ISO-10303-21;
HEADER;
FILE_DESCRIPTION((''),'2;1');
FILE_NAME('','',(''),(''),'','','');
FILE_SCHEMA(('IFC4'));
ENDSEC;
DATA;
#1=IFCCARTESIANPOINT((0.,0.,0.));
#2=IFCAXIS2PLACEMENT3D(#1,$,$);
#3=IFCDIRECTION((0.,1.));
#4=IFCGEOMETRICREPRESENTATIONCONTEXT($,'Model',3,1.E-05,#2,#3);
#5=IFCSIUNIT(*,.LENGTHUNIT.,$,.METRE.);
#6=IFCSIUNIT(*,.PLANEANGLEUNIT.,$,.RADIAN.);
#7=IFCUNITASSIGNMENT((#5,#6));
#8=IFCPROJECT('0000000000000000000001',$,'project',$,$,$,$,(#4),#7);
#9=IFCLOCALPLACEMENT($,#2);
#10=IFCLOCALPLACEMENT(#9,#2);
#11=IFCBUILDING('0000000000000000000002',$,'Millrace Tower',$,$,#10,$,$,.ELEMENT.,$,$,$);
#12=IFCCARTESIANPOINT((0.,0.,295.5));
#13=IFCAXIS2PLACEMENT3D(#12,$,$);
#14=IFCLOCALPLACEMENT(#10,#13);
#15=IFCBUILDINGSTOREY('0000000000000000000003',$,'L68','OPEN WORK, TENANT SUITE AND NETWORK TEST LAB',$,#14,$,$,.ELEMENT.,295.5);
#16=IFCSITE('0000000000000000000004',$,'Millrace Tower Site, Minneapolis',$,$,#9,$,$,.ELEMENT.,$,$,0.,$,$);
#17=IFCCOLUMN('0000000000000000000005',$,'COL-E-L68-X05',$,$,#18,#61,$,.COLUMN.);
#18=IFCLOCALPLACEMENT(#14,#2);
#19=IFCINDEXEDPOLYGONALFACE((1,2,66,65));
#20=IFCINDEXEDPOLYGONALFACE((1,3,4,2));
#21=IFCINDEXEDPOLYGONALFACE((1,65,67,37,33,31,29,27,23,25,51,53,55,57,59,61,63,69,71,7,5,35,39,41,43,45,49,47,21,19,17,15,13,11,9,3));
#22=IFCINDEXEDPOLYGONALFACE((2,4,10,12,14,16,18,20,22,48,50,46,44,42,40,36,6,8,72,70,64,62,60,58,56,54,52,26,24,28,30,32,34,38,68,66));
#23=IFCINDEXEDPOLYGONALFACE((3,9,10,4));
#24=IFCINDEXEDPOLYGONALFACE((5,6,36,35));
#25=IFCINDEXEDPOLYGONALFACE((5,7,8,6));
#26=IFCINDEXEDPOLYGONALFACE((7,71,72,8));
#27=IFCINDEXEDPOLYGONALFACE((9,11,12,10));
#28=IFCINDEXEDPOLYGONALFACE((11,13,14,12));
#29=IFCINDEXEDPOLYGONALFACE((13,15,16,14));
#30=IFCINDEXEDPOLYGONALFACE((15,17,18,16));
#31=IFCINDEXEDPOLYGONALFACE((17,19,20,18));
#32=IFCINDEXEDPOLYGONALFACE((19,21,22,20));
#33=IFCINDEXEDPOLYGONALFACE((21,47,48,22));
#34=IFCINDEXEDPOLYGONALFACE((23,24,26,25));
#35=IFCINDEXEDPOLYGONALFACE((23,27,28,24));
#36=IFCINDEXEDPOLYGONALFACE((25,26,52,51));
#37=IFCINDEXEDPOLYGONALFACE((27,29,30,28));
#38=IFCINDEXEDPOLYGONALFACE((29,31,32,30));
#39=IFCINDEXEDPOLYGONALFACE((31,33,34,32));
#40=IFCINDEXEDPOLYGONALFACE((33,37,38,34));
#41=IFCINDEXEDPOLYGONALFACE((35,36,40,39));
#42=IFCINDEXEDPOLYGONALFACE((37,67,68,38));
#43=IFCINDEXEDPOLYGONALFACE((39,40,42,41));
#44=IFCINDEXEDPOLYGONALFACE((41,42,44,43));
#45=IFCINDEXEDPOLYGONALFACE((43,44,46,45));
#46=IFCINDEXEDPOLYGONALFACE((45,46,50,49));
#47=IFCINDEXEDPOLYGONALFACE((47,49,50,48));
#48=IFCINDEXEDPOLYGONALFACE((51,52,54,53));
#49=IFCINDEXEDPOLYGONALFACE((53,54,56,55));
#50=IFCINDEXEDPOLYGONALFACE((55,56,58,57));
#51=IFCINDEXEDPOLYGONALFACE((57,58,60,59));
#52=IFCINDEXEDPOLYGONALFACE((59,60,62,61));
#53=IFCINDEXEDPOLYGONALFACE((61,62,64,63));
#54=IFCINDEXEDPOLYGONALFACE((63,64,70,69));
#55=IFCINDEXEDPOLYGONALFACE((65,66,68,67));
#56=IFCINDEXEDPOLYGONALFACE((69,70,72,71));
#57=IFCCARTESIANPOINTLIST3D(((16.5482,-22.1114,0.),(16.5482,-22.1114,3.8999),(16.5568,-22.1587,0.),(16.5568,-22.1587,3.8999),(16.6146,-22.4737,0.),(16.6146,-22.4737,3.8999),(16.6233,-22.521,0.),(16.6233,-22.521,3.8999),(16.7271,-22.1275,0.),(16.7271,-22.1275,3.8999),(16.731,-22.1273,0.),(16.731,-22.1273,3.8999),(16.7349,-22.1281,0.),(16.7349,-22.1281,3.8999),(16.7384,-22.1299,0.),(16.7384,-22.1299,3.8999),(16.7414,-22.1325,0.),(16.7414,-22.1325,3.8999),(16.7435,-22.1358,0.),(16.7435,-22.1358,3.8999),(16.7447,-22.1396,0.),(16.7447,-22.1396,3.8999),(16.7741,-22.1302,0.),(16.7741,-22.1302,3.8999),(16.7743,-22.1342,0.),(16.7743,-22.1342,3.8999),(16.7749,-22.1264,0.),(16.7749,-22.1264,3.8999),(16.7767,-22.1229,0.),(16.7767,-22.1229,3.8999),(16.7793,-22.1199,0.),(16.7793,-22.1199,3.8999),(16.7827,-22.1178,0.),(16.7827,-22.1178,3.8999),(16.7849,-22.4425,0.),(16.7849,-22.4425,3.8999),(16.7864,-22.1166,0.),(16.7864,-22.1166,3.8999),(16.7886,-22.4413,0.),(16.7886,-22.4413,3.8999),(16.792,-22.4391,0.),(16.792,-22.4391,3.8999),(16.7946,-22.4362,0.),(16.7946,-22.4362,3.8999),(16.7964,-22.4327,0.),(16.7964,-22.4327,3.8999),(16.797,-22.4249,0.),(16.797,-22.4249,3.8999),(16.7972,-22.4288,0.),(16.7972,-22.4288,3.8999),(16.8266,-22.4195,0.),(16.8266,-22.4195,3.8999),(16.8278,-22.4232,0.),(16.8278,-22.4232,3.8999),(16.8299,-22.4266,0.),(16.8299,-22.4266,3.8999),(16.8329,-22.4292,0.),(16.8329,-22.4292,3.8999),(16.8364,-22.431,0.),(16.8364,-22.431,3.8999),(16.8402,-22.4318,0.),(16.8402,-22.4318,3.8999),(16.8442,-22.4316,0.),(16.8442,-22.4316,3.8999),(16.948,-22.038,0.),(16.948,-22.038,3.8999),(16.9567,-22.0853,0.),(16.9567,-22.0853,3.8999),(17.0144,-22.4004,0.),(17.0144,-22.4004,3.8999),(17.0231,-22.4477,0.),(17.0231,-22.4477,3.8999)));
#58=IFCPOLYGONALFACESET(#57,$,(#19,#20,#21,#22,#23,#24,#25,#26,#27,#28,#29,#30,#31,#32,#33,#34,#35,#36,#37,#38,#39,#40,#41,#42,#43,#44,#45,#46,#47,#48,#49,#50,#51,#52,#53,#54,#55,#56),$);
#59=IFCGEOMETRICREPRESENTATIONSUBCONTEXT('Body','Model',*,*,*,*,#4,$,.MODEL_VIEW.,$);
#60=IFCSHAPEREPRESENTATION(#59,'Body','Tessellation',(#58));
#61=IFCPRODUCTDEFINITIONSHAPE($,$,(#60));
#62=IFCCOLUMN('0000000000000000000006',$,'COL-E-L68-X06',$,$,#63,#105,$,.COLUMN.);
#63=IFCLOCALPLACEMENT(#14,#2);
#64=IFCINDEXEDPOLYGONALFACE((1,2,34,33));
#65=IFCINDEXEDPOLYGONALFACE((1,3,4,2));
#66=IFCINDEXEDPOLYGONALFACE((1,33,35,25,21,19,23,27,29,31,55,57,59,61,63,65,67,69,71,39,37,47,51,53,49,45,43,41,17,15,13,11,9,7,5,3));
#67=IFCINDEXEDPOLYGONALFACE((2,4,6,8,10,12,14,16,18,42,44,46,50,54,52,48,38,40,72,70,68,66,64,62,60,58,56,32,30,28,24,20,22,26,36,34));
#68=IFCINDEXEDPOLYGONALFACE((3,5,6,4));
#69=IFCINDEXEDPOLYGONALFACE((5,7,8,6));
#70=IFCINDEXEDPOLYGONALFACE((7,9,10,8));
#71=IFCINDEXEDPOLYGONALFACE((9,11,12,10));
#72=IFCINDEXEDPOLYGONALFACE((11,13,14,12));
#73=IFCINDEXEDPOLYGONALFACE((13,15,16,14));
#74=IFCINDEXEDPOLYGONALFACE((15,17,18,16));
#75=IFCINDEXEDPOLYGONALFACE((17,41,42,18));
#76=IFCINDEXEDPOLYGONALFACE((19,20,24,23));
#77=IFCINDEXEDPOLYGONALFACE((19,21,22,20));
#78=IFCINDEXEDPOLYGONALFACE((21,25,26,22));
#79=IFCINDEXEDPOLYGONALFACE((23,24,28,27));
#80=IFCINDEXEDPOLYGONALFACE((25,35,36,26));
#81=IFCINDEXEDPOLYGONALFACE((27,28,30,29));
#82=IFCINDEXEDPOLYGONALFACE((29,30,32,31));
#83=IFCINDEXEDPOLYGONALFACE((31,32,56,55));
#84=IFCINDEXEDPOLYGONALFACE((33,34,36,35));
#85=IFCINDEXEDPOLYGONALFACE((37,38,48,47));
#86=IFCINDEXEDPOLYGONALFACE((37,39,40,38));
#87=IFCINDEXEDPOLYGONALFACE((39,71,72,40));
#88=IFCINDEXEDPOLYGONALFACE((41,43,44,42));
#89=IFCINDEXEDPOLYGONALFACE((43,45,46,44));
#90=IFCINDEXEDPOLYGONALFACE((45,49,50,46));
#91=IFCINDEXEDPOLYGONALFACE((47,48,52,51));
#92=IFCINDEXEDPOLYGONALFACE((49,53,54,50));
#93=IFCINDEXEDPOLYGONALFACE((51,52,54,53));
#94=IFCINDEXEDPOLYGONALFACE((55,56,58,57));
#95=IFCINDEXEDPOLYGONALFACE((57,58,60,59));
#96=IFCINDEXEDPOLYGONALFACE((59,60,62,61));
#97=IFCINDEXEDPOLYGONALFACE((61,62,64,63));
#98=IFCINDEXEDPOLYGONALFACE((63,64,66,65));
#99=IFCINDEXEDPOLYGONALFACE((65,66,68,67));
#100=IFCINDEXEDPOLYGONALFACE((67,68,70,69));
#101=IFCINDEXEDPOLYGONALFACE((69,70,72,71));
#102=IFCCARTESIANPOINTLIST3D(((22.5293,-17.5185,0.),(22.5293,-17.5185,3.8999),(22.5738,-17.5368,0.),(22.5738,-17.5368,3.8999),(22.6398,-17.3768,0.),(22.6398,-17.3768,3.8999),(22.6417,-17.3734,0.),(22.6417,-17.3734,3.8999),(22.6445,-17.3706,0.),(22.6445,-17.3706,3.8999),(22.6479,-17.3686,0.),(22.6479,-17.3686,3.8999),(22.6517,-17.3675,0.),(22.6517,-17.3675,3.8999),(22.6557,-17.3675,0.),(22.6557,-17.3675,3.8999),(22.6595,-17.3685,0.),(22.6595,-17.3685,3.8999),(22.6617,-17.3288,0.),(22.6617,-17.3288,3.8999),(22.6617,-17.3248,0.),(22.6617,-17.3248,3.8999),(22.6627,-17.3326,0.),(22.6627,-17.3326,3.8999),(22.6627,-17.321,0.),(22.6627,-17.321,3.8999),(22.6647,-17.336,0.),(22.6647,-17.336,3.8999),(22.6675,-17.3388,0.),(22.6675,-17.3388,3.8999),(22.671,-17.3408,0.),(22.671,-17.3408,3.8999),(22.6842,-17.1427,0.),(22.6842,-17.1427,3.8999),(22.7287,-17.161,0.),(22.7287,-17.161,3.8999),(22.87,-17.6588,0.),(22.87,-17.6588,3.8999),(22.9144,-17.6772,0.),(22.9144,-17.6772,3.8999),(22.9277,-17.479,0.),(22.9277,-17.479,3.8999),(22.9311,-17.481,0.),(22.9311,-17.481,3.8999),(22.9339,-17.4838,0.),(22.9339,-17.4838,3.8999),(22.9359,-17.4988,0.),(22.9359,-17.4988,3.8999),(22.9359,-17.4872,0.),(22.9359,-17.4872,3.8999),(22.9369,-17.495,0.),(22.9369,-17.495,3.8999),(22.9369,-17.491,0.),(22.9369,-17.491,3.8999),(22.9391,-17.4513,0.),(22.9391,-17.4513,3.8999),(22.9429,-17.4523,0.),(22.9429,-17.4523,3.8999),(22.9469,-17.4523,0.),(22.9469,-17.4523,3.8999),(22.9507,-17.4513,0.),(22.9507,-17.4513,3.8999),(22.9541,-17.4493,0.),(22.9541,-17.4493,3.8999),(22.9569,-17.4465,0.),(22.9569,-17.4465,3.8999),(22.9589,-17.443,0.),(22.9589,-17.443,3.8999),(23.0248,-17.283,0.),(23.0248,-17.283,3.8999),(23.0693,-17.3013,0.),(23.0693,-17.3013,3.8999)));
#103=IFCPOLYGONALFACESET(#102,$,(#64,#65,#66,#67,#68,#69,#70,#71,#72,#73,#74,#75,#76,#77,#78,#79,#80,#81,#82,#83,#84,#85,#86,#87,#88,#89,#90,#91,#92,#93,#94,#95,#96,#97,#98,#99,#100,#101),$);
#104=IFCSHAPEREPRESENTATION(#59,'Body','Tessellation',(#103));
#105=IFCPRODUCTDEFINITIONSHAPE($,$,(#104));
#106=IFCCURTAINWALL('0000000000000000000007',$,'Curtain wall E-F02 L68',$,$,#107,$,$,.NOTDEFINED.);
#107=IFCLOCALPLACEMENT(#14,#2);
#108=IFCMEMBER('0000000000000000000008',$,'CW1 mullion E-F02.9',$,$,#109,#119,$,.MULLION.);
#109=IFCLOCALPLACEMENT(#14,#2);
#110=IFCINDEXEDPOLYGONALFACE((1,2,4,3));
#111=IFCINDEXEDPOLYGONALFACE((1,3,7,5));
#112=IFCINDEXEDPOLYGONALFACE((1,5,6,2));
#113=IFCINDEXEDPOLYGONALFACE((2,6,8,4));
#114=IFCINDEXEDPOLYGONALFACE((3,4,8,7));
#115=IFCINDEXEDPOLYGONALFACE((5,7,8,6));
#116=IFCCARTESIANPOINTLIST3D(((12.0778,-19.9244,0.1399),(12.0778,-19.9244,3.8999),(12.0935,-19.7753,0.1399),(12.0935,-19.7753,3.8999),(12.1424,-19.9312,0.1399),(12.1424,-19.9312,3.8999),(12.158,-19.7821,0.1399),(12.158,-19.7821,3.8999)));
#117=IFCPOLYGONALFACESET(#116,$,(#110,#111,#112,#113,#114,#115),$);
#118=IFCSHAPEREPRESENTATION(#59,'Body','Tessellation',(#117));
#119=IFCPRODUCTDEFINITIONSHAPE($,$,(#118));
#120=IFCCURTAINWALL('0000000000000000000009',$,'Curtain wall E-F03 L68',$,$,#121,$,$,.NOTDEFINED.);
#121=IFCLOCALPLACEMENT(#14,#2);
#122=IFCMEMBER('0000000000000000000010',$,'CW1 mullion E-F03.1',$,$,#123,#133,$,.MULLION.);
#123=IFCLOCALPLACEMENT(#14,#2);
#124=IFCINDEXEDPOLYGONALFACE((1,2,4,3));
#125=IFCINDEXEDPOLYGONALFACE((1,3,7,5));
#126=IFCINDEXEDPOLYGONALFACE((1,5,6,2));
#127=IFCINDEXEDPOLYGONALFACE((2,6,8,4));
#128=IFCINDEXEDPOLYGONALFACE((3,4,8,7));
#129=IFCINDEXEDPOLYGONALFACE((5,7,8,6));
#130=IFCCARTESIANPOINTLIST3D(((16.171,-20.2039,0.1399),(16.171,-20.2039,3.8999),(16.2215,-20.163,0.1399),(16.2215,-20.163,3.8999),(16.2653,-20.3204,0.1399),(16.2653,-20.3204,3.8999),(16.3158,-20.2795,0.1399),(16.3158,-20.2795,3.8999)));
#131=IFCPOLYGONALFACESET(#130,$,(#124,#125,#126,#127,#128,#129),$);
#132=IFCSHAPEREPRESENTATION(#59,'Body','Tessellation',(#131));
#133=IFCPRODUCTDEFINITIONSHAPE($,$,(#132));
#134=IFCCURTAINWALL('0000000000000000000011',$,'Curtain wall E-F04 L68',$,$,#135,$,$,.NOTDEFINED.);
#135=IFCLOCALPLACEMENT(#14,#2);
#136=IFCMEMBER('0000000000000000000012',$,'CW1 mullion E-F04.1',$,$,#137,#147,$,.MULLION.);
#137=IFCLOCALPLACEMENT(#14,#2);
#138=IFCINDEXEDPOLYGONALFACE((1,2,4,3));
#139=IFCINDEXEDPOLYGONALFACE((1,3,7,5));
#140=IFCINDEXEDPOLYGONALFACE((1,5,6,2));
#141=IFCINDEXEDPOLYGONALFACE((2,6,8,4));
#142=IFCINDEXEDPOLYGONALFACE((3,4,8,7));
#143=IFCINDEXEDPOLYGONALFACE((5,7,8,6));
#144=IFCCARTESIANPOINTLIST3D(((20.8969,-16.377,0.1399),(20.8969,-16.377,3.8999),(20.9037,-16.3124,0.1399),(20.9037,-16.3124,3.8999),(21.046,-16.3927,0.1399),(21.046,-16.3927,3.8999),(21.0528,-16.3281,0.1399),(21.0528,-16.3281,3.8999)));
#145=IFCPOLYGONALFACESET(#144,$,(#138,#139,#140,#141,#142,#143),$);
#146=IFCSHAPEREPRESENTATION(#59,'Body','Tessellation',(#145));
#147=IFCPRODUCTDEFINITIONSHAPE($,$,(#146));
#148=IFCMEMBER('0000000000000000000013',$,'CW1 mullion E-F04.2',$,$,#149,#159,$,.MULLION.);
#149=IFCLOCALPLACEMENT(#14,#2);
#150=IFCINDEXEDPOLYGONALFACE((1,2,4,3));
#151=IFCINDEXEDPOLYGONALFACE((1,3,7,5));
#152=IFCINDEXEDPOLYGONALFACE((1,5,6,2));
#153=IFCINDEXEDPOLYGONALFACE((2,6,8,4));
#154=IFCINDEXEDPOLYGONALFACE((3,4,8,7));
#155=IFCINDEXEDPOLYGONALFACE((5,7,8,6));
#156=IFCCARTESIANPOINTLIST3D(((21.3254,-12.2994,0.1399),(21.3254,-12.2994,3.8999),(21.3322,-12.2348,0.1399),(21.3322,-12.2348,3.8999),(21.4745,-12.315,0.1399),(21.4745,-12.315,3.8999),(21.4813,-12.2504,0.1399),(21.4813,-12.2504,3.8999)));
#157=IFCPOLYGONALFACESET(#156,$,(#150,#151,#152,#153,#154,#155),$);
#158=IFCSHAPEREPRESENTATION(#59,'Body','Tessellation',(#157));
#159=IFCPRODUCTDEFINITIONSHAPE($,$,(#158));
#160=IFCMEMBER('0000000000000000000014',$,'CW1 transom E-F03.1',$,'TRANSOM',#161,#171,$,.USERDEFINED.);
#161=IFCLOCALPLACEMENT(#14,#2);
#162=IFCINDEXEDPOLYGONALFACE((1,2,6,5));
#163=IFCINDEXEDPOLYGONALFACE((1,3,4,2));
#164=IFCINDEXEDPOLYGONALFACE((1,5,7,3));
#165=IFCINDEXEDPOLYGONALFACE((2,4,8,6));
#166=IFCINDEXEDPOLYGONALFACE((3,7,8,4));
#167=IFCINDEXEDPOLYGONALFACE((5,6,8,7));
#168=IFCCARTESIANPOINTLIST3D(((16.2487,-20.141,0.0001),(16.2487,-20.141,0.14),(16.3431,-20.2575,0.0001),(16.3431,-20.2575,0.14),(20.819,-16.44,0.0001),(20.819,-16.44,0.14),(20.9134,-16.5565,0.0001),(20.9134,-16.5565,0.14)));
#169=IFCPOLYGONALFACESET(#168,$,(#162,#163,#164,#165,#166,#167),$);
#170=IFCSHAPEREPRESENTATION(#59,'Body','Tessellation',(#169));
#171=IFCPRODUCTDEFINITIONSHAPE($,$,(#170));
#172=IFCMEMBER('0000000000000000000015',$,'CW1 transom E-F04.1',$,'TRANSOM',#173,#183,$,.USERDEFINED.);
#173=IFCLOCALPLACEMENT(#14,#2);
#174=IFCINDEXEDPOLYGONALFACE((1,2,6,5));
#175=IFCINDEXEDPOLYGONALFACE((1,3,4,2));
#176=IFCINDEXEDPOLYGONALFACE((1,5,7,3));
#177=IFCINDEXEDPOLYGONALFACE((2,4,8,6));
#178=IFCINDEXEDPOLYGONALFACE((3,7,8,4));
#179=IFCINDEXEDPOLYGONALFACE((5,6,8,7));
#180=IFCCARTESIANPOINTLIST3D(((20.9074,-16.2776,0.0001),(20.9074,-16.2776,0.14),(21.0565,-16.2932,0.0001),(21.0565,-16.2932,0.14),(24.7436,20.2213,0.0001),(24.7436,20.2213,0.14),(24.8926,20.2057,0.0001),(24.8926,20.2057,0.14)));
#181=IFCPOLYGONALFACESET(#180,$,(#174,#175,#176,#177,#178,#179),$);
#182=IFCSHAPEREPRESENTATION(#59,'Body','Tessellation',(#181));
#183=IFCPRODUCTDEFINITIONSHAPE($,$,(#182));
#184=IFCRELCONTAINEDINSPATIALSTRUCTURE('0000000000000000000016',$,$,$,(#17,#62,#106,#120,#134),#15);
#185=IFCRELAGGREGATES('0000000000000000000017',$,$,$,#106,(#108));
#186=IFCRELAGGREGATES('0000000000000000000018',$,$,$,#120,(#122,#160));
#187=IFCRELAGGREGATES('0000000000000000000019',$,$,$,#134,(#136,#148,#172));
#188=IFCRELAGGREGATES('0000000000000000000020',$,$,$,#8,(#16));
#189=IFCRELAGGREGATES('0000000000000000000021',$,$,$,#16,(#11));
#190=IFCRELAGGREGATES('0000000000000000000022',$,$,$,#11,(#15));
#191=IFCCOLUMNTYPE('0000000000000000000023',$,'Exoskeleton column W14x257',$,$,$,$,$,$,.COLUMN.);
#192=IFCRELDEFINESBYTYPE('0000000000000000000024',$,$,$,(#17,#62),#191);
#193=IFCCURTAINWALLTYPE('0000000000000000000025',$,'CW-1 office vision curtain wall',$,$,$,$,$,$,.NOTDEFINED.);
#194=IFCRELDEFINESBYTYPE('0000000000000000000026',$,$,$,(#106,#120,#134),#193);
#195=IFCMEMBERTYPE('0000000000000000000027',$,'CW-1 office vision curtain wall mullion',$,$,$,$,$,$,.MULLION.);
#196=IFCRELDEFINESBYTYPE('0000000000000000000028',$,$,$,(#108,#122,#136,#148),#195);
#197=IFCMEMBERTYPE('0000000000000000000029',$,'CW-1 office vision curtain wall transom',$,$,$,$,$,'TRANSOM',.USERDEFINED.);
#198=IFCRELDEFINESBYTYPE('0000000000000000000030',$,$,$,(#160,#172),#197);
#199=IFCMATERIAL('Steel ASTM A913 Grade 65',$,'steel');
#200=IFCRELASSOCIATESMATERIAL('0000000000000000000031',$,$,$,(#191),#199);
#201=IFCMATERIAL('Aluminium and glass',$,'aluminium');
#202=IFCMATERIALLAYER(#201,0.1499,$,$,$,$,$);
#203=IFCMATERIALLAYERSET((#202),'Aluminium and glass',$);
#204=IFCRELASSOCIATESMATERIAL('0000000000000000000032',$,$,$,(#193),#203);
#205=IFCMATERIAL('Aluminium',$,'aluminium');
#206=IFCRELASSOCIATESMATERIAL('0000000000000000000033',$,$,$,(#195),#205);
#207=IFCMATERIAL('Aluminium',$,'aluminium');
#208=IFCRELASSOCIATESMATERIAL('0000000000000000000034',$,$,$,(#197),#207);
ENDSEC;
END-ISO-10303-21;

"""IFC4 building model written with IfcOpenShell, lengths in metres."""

from ifc_helpers import new_model, si_unit, direction, frame, origin, origin_2d, place, context, subcontext, project, spatial, rectangle, i_section, extrude, material, layer, layer_set, material_profile, profile_set, type_object, element, aggregate, save


model = new_model("IFC4")

# Units and contexts
model_context = context("Model", 3, precision=1e-05, world=origin(), true_north=direction((0.0, 1.0)))
body_context = subcontext(model_context, "Body", "Model", "MODEL_VIEW")
ifc_project = project(units=[si_unit("LENGTHUNIT", "METRE"), si_unit("PLANEANGLEUNIT", "RADIAN")], contexts=[model_context])

# Site, building, storey
site_placement = place(None, origin())
site = spatial("IfcSite", under=ifc_project, at=site_placement, Name="Millrace Tower Site, Minneapolis", CompositionType="ELEMENT", RefElevation=0.0)
building_placement = place(site_placement, origin())
building = spatial("IfcBuilding", under=site, at=building_placement, Name="Millrace Tower", CompositionType="ELEMENT")
storey_placement = place(building_placement, frame((0.0, 0.0, 295.5)))
storey = spatial("IfcBuildingStorey", under=building, at=storey_placement, Name="L68", Description="OPEN WORK, TENANT SUITE AND NETWORK TEST LAB", CompositionType="ELEMENT", Elevation=295.5)

# Columns
ifc_material_1 = material(Name="Steel ASTM A913 Grade 65", Category="steel")
ifc_material_profile_1 = material_profile(ifc_material_1, i_section(OverallWidth=0.4065, OverallDepth=0.4165, WebThickness=0.03, FlangeThickness=0.0481, FilletRadius=0.0151, at=origin_2d()))
ifc_profile_set_1 = profile_set([ifc_material_profile_1], Name="Steel ASTM A913 Grade 65")
column_type = type_object("IfcColumnType", Name="Exoskeleton column W14x257", PredefinedType="COLUMN", material=ifc_profile_set_1)
for number, where, z_axis, x_axis, name in (
    (1, (16.7856, -22.2795, 0.0), (0.0, 0.0, 1.0), (0.983596, 0.180387, 0.0), "COL-E-L68-X05"),
    (2, (22.7993, -17.4099, 0.0), (0.0, 0.0, 1.0), (0.380947, 0.924597, 0.0), "COL-E-L68-X06"),
):
    element("IfcColumn", number, at=place(storey_placement, frame(where, z_axis=z_axis, x_axis=x_axis)), inside=storey, type_object=column_type, Name=name, PredefinedType="COLUMN", context=body_context, shape_type="SweptSolid", body=[
        extrude(i_section(OverallWidth=0.4065, OverallDepth=0.4165, WebThickness=0.03, FlangeThickness=0.0481, FilletRadius=0.0151, at=origin_2d()), origin(), (0.0, 0.0, 1.0), 3.8999),
    ])

# Curtain walls, members
ifc_material_2 = material(Name="Aluminium and glass", Category="aluminium")
ifc_layer_1 = layer(ifc_material_2, 0.1499)
ifc_layer_set_1 = layer_set([ifc_layer_1], Name="Aluminium and glass")
curtain_wall_type = type_object("IfcCurtainWallType", Name="CW-1 office vision curtain wall", PredefinedType="NOTDEFINED", material=ifc_layer_set_1)
placement = place(storey_placement, origin())
curtain_wall_1 = element("IfcCurtainWall", 3, at=placement, inside=storey, type_object=curtain_wall_type, Name="Curtain wall E-F02 L68", PredefinedType="NOTDEFINED")
ifc_material_3 = material(Name="Aluminium", Category="aluminium")
ifc_material_profile_2 = material_profile(ifc_material_3, rectangle(XDim=0.0649, YDim=0.1499, at=origin_2d()))
ifc_profile_set_2 = profile_set([ifc_material_profile_2], Name="Aluminium")
member_type_1 = type_object("IfcMemberType", Name="CW-1 office vision curtain wall mullion", PredefinedType="MULLION", material=ifc_profile_set_2)
member_1_placement = place(storey_placement, frame((12.1179, -19.8533, 0.1399), z_axis=(0.0, 0.0, 1.0), x_axis=(0.994522, -0.104528, 0.0)))
member_1 = element("IfcMember", 4, at=member_1_placement, type_object=member_type_1, Name="CW1 mullion E-F02.9", PredefinedType="MULLION", context=body_context, shape_type="SweptSolid", body=[
    extrude(rectangle(XDim=0.0649, YDim=0.1499, at=origin_2d()), origin(), (0.0, 0.0, 1.0), 3.76),
])
aggregate(curtain_wall_1, [member_1])
curtain_wall_2 = element("IfcCurtainWall", 5, at=placement, inside=storey, type_object=curtain_wall_type, Name="Curtain wall E-F03 L68", PredefinedType="NOTDEFINED")
member_2_placement = place(storey_placement, frame((16.2434, -20.2417, 0.1399), z_axis=(0.0, 0.0, 1.0), x_axis=(0.777146, 0.62932, 0.0)))
member_2 = element("IfcMember", 6, at=member_2_placement, type_object=member_type_1, Name="CW1 mullion E-F03.1", PredefinedType="MULLION", context=body_context, shape_type="SweptSolid", body=[
    extrude(rectangle(XDim=0.0649, YDim=0.1499, at=origin_2d()), origin(), (0.0, 0.0, 1.0), 3.76),
])

# Curtain wall, members
curtain_wall_3 = element("IfcCurtainWall", 7, at=placement, inside=storey, type_object=curtain_wall_type, Name="Curtain wall E-F04 L68", PredefinedType="NOTDEFINED")
member_3_placement = place(storey_placement, frame((20.9749, -16.3525, 0.1399), z_axis=(0.0, 0.0, 1.0), x_axis=(0.104528, 0.994522, 0.0)))
member_3 = element("IfcMember", 8, at=member_3_placement, type_object=member_type_1, Name="CW1 mullion E-F04.1", PredefinedType="MULLION", context=body_context, shape_type="SweptSolid", body=[
    extrude(rectangle(XDim=0.0649, YDim=0.1499, at=origin_2d()), origin(), (0.0, 0.0, 1.0), 3.76),
])
member_4_placement = place(storey_placement, frame((21.4033, -12.2749, 0.1399), z_axis=(0.0, 0.0, 1.0), x_axis=(0.104528, 0.994522, 0.0)))
member_4 = element("IfcMember", 9, at=member_4_placement, type_object=member_type_1, Name="CW1 mullion E-F04.2", PredefinedType="MULLION", context=body_context, shape_type="SweptSolid", body=[
    extrude(rectangle(XDim=0.0649, YDim=0.1499, at=origin_2d()), origin(), (0.0, 0.0, 1.0), 3.76),
])

# Members
ifc_material_4 = material(Name="Aluminium", Category="aluminium")
ifc_material_profile_3 = material_profile(ifc_material_4, rectangle(XDim=0.1499, YDim=0.1399, at=origin_2d()))
ifc_profile_set_3 = profile_set([ifc_material_profile_3], Name="Aluminium")
member_type_2 = type_object("IfcMemberType", Name="CW-1 office vision curtain wall transom", ElementType="TRANSOM", PredefinedType="USERDEFINED", material=ifc_profile_set_3)
member_5_placement = place(storey_placement, frame((16.2959, -20.1992, 0.0701), z_axis=(0.777149, 0.629316, 0.0), x_axis=(-0.629316, 0.777149, 0.0)))
member_5 = element("IfcMember", 10, at=member_5_placement, type_object=member_type_2, Name="CW1 transom E-F03.1", ObjectType="TRANSOM", PredefinedType="USERDEFINED", context=body_context, shape_type="SweptSolid", body=[
    extrude(rectangle(XDim=0.1499, YDim=0.1399, at=origin_2d()), origin(), (0.0, 0.0, 1.0), 5.8809),
])
aggregate(curtain_wall_2, [member_2, member_5])
member_6_placement = place(storey_placement, frame((20.9819, -16.2854, 0.0701), z_axis=(0.104528, 0.994522, 0.0), x_axis=(-0.994522, 0.104528, 0.0)))
member_6 = element("IfcMember", 11, at=member_6_placement, type_object=member_type_2, Name="CW1 transom E-F04.1", ObjectType="TRANSOM", PredefinedType="USERDEFINED", context=body_context, shape_type="SweptSolid", body=[
    extrude(rectangle(XDim=0.1499, YDim=0.1399, at=origin_2d()), origin(), (0.0, 0.0, 1.0), 36.7),
])
aggregate(curtain_wall_3, [member_3, member_4, member_6])

save(model, "model.ifc")
